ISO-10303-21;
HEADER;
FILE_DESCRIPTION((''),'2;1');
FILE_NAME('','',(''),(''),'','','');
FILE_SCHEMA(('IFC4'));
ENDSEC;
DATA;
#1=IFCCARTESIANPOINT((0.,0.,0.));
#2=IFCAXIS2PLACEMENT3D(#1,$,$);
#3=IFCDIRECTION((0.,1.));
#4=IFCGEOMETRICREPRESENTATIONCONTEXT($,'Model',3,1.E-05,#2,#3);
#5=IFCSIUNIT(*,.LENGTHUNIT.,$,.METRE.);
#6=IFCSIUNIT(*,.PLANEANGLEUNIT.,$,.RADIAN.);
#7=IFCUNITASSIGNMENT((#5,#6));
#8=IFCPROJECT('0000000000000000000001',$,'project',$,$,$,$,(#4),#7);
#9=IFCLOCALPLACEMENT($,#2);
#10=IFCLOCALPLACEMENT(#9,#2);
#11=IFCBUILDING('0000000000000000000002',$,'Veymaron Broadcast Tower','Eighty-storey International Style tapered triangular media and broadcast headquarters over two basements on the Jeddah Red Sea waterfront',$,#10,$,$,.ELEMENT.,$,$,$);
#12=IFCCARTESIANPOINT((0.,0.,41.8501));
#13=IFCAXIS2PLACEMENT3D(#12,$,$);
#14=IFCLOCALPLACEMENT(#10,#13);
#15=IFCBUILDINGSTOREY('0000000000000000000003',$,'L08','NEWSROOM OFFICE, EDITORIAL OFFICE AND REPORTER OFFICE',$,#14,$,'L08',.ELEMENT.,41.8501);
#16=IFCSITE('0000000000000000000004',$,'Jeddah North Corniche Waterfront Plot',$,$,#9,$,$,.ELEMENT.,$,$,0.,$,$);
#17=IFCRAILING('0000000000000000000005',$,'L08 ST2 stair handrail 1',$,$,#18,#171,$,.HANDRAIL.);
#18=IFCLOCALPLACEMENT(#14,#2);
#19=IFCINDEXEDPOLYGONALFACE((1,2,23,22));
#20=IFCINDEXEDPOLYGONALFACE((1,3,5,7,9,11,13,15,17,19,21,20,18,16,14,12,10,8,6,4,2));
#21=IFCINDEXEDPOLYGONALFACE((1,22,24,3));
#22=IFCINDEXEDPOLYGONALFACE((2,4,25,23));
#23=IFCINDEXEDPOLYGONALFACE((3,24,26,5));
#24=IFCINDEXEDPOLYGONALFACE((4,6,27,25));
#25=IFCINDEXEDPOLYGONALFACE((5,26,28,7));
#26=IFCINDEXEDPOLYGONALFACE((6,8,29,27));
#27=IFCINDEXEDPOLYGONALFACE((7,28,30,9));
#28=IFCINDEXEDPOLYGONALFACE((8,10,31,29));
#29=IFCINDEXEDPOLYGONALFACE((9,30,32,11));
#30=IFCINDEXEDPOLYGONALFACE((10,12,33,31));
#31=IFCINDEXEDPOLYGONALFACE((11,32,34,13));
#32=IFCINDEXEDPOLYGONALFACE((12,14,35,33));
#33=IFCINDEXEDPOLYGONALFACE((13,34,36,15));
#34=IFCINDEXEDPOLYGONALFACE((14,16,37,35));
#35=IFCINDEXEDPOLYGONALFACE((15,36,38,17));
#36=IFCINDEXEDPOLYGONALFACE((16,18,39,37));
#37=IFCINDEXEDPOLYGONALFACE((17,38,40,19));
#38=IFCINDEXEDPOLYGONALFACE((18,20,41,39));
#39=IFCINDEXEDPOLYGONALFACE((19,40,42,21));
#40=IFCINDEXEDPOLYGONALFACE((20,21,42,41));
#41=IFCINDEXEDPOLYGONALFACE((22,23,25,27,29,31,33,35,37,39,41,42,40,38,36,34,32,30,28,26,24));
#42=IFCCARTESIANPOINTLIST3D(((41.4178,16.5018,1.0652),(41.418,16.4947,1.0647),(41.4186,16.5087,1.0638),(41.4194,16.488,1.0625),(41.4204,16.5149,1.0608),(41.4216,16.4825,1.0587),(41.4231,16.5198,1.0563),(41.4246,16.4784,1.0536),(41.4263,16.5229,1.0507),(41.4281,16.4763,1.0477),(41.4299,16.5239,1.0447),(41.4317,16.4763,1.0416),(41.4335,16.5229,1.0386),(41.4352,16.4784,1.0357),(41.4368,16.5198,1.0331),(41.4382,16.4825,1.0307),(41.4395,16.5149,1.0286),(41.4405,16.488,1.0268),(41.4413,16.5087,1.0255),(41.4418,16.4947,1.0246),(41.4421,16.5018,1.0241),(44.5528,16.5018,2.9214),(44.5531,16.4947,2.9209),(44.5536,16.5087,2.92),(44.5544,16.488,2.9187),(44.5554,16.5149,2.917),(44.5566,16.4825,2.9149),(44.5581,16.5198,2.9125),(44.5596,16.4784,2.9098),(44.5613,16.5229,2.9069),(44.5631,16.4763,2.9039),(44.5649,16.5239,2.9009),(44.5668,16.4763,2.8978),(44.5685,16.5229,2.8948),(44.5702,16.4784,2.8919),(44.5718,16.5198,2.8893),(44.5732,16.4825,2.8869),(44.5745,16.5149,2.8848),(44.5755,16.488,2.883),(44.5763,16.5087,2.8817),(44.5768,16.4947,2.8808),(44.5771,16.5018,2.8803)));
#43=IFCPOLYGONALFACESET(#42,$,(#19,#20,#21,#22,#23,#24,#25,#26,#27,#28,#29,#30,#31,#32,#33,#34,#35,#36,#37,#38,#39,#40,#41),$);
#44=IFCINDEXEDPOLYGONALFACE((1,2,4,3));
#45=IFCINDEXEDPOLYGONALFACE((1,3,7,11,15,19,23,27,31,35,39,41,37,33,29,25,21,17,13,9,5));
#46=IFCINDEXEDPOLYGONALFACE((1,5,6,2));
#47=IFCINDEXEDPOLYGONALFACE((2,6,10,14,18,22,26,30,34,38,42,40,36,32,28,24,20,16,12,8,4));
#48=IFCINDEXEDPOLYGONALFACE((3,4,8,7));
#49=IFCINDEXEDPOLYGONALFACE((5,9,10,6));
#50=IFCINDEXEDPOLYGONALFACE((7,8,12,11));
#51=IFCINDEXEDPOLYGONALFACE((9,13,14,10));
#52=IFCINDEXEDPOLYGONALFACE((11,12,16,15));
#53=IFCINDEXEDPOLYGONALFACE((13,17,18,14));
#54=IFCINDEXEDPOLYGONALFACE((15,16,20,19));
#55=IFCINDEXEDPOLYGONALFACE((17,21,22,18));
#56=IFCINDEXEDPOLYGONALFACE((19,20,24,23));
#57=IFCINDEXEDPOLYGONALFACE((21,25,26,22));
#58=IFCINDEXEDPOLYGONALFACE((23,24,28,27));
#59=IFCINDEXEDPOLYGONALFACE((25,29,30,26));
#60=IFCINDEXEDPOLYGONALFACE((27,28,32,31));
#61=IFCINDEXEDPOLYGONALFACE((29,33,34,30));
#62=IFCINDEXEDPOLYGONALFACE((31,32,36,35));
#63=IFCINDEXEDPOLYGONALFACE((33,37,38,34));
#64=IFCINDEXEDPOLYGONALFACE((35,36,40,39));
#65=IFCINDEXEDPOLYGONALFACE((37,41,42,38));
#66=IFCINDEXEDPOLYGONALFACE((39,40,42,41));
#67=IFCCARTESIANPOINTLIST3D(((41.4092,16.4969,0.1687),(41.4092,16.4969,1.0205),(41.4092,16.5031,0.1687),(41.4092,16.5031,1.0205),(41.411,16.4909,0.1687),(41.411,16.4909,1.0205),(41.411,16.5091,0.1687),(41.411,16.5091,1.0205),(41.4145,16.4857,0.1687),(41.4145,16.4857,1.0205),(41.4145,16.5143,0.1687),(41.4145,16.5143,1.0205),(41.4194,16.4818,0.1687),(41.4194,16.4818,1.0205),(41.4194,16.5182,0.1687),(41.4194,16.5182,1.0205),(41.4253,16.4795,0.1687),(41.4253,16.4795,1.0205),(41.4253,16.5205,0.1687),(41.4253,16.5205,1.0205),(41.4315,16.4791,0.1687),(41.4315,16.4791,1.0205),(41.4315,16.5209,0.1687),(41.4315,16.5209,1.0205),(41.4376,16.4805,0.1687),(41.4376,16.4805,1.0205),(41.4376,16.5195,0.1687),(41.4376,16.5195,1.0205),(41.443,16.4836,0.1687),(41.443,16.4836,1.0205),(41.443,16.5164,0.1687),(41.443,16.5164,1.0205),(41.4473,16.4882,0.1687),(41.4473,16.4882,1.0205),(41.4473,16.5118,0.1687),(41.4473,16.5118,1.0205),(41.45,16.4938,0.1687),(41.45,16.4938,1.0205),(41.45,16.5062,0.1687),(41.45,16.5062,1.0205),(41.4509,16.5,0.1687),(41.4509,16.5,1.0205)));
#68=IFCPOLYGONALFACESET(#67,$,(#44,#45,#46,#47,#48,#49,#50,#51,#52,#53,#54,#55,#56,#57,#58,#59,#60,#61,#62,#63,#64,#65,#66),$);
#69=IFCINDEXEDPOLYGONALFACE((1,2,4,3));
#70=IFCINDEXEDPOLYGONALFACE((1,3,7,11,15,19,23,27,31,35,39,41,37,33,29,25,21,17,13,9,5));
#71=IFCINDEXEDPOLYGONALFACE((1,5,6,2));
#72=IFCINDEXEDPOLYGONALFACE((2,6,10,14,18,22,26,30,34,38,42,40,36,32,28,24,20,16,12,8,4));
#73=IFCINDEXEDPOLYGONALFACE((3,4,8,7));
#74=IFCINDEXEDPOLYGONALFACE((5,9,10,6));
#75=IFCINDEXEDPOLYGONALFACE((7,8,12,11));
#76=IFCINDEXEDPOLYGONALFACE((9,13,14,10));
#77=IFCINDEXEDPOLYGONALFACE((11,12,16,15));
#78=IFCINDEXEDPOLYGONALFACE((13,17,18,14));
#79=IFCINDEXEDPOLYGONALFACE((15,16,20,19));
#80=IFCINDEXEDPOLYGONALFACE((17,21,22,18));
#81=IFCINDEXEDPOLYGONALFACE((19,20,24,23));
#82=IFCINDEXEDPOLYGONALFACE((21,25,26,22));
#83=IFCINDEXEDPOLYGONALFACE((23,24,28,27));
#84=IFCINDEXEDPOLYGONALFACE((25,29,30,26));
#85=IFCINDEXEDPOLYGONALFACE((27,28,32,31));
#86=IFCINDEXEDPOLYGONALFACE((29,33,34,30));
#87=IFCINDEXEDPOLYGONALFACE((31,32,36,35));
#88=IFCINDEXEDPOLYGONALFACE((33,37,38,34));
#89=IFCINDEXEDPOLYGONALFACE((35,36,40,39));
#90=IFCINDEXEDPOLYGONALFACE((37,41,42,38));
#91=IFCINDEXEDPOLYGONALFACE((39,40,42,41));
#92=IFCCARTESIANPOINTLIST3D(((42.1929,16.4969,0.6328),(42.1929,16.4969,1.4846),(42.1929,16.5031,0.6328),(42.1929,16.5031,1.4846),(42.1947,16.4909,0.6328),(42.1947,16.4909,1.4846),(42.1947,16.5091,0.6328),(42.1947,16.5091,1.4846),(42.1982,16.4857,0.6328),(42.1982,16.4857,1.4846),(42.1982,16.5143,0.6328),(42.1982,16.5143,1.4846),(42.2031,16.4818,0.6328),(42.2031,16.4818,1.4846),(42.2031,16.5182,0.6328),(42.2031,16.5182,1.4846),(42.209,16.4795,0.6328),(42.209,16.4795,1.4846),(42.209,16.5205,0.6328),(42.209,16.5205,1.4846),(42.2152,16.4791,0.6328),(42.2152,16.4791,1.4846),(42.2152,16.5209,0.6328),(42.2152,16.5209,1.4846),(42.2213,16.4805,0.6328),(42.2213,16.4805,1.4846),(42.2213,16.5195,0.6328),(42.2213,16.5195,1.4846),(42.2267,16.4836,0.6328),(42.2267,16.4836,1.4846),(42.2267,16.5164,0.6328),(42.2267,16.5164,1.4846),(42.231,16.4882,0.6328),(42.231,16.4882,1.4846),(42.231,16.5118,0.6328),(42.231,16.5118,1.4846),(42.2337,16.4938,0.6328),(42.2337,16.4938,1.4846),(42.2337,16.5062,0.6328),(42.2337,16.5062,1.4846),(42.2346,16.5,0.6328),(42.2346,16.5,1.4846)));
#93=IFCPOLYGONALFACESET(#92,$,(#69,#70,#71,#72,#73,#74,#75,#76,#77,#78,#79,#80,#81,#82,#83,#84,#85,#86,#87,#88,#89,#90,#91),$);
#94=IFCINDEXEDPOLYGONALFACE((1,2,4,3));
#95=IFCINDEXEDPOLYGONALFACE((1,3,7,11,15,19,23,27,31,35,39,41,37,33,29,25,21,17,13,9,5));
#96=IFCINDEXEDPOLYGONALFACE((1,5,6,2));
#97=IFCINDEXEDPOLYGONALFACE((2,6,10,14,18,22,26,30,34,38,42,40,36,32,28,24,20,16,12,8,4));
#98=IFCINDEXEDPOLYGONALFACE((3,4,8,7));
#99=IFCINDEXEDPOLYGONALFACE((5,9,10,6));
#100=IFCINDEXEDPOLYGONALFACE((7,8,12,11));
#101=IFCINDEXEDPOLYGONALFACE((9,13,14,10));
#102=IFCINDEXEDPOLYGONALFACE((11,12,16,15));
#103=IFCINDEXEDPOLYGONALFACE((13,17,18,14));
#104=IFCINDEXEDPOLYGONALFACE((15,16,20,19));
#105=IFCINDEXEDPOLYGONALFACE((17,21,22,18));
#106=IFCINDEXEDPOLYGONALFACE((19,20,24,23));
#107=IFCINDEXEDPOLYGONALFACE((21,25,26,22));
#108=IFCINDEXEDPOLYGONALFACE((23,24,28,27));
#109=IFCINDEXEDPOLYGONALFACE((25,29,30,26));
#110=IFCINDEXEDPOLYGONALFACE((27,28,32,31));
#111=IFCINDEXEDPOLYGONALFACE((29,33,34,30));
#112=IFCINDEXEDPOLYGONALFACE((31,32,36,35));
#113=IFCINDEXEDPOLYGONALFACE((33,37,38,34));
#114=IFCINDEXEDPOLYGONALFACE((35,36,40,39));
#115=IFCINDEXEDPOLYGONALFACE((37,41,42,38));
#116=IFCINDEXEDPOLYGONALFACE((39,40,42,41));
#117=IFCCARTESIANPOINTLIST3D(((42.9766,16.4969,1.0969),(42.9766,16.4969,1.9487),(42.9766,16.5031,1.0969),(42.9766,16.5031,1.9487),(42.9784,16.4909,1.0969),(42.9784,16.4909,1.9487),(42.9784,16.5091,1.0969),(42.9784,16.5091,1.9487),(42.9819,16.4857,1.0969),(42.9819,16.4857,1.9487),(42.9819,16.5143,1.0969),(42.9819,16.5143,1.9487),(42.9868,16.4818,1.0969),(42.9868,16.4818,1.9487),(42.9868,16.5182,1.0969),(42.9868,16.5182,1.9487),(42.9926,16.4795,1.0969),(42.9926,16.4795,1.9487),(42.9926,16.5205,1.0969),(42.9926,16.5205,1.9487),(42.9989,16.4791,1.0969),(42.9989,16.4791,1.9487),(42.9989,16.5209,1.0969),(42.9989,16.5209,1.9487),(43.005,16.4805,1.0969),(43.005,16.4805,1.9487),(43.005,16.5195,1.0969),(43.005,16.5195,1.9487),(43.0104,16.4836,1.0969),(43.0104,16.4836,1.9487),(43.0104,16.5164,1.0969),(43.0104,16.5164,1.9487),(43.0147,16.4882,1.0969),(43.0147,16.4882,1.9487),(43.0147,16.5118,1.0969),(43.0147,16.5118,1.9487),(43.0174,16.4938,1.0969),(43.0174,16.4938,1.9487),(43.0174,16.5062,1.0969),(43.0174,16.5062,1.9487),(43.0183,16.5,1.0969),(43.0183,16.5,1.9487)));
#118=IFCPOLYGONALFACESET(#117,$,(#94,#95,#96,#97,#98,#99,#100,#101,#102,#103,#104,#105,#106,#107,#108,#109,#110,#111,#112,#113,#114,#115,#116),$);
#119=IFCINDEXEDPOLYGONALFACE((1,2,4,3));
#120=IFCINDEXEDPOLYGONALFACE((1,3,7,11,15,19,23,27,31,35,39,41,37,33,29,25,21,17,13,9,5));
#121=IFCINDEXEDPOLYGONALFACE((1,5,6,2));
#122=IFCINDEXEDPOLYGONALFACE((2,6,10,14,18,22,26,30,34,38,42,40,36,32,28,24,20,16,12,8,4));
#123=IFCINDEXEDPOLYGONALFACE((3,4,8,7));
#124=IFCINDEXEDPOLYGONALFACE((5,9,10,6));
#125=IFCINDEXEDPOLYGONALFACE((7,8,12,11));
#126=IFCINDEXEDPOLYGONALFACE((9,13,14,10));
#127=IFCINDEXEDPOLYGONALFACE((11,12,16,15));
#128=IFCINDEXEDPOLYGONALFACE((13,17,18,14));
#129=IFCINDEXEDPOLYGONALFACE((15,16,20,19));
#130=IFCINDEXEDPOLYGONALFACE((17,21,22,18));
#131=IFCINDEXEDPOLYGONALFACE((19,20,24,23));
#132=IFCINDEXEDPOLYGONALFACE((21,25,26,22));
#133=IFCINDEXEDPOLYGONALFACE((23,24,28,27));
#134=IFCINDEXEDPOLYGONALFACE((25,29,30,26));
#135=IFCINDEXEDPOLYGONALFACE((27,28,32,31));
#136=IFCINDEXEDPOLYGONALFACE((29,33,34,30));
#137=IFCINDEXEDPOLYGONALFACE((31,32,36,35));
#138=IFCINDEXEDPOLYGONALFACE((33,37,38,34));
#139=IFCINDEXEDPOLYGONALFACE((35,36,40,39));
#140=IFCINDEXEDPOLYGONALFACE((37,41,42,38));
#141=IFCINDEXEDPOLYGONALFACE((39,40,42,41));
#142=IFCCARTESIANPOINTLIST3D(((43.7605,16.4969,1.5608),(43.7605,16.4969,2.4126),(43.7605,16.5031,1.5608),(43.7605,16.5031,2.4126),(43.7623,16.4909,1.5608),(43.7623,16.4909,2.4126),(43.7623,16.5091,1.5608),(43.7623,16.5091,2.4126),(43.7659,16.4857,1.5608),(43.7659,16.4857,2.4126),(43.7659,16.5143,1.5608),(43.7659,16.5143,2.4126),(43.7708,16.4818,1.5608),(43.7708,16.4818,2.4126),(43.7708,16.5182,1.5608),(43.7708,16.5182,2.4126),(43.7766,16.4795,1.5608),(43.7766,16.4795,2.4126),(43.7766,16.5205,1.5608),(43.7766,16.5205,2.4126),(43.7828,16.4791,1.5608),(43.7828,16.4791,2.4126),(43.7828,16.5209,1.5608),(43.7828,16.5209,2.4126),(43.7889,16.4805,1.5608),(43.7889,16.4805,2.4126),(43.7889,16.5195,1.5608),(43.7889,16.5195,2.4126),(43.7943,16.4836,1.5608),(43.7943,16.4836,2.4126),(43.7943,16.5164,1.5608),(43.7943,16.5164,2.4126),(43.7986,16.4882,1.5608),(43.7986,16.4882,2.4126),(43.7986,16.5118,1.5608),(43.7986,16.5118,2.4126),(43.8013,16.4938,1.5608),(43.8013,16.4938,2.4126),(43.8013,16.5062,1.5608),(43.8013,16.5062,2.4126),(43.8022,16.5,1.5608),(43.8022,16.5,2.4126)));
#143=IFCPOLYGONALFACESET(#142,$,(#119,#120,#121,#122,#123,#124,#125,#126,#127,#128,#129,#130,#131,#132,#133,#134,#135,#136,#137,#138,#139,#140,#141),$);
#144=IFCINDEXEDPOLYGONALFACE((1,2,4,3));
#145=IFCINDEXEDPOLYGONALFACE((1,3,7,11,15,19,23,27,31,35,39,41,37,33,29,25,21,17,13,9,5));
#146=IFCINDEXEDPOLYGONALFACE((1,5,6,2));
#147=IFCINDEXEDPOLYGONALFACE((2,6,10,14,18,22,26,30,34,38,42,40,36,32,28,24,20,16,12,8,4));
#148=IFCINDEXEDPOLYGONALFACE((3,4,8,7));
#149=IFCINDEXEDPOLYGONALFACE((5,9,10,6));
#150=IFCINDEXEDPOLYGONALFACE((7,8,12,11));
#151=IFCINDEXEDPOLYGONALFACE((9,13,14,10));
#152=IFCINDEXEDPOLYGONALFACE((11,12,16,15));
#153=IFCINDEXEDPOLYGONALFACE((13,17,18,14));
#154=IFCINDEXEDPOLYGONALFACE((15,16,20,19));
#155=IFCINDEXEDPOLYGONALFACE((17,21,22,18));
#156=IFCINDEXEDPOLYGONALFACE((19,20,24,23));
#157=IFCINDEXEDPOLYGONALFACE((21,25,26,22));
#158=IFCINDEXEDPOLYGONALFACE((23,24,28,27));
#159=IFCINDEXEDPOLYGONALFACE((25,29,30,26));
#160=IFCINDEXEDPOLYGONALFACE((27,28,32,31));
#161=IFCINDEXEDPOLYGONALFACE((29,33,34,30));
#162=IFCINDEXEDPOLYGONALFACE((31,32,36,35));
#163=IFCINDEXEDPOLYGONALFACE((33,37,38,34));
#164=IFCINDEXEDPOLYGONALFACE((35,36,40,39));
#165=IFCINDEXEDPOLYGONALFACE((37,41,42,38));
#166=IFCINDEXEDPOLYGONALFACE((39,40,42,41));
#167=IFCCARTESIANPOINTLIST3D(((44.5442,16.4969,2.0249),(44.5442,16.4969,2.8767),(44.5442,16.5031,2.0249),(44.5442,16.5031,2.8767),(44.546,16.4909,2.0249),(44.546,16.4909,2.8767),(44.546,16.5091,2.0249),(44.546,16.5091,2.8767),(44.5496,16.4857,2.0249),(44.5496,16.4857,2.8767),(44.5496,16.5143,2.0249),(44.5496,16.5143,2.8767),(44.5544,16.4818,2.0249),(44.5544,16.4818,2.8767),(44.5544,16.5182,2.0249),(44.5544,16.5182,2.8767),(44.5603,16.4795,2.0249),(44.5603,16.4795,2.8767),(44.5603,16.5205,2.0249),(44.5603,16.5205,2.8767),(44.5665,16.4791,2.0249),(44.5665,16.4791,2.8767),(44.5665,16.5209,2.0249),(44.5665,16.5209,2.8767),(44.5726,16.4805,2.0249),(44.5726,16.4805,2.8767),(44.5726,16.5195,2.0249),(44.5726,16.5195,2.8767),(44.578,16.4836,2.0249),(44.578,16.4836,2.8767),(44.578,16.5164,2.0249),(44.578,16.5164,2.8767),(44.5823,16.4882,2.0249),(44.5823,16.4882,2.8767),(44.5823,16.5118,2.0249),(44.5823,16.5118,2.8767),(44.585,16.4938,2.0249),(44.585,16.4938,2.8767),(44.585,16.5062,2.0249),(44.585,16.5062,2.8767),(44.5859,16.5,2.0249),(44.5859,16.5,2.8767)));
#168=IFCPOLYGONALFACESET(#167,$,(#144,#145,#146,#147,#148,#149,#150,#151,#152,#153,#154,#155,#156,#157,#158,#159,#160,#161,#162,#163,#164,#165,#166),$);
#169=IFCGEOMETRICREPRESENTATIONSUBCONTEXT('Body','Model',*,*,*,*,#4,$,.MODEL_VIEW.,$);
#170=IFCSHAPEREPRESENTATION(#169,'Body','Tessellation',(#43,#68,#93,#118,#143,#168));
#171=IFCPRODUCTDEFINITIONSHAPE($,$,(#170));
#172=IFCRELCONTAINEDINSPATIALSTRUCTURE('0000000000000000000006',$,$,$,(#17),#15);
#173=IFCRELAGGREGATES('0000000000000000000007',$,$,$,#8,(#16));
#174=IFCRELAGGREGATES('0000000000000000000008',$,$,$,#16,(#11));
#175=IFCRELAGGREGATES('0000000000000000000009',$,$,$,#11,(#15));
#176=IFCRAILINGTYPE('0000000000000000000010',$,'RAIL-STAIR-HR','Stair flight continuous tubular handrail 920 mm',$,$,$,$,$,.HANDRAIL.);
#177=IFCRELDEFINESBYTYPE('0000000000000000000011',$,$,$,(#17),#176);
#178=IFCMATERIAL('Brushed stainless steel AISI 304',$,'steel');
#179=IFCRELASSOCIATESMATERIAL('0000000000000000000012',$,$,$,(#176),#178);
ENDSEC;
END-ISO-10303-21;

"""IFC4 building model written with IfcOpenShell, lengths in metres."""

from ifc_helpers import new_model, si_unit, direction, frame, origin, origin_2d, place, context, subcontext, project, spatial, circle, extrude, material, type_object, element, save


model = new_model("IFC4")

# Units and contexts
model_context = context("Model", 3, precision=1e-05, world=origin(), true_north=direction((0.0, 1.0)))
body_context = subcontext(model_context, "Body", "Model", "MODEL_VIEW")
ifc_project = project(units=[si_unit("LENGTHUNIT", "METRE"), si_unit("PLANEANGLEUNIT", "RADIAN")], contexts=[model_context])

# Site, building, storey
site_placement = place(None, origin())
site = spatial("IfcSite", under=ifc_project, at=site_placement, Name="Jeddah North Corniche Waterfront Plot", CompositionType="ELEMENT", RefElevation=0.0)
building_placement = place(site_placement, origin())
building = spatial("IfcBuilding", under=site, at=building_placement, Name="Veymaron Broadcast Tower", Description="Eighty-storey International Style tapered triangular media and broadcast headquarters over two basements on the Jeddah Red Sea waterfront", CompositionType="ELEMENT")
storey_placement = place(building_placement, frame((0.0, 0.0, 41.8501)))
storey = spatial("IfcBuildingStorey", under=building, at=storey_placement, Name="L08", Description="NEWSROOM OFFICE, EDITORIAL OFFICE AND REPORTER OFFICE", LongName="L08", CompositionType="ELEMENT", Elevation=41.8501)

# Shared definitions
ifc_material_1 = material(Name="Brushed stainless steel AISI 304", Category="steel")

# Railing
railing_type_1 = type_object("IfcRailingType", Name="RAIL-STAIR-HR", Description="Stair flight continuous tubular handrail 920 mm", PredefinedType="HANDRAIL", material=ifc_material_1)
railing_1_placement = place(storey_placement, frame((41.4299, 16.5, 0.1687)))
element("IfcRailing", 1, at=railing_1_placement, inside=storey, type_object=railing_type_1, Name="L08 ST2 stair handrail 1", PredefinedType="HANDRAIL", context=body_context, shape_type="SweptSolid", body=[
    extrude(circle(Radius=0.0239, at=origin_2d()), frame((0.0, 0.0, 0.876), z_axis=(0.860482, 0.0, 0.509481), x_axis=(0.0, 1.0, 0.0)), (0.0, 0.0, 1.0), 3.6433),
    extrude(circle(Radius=0.021, at=origin_2d()), origin(), (0.0, 0.0, 1.0), 0.8518),
    extrude(circle(Radius=0.021, at=origin_2d()), frame((0.7837, 0.0, 0.4641)), (0.0, 0.0, 1.0), 0.8518),
    extrude(circle(Radius=0.021, at=origin_2d()), frame((1.5674, 0.0, 0.9282)), (0.0, 0.0, 1.0), 0.8518),
    extrude(circle(Radius=0.021, at=origin_2d()), frame((2.3513, 0.0, 1.3921)), (0.0, 0.0, 1.0), 0.8518),
    extrude(circle(Radius=0.021, at=origin_2d()), frame((3.135, 0.0, 1.8562)), (0.0, 0.0, 1.0), 0.8518),
])

save(model, "model.ifc")
